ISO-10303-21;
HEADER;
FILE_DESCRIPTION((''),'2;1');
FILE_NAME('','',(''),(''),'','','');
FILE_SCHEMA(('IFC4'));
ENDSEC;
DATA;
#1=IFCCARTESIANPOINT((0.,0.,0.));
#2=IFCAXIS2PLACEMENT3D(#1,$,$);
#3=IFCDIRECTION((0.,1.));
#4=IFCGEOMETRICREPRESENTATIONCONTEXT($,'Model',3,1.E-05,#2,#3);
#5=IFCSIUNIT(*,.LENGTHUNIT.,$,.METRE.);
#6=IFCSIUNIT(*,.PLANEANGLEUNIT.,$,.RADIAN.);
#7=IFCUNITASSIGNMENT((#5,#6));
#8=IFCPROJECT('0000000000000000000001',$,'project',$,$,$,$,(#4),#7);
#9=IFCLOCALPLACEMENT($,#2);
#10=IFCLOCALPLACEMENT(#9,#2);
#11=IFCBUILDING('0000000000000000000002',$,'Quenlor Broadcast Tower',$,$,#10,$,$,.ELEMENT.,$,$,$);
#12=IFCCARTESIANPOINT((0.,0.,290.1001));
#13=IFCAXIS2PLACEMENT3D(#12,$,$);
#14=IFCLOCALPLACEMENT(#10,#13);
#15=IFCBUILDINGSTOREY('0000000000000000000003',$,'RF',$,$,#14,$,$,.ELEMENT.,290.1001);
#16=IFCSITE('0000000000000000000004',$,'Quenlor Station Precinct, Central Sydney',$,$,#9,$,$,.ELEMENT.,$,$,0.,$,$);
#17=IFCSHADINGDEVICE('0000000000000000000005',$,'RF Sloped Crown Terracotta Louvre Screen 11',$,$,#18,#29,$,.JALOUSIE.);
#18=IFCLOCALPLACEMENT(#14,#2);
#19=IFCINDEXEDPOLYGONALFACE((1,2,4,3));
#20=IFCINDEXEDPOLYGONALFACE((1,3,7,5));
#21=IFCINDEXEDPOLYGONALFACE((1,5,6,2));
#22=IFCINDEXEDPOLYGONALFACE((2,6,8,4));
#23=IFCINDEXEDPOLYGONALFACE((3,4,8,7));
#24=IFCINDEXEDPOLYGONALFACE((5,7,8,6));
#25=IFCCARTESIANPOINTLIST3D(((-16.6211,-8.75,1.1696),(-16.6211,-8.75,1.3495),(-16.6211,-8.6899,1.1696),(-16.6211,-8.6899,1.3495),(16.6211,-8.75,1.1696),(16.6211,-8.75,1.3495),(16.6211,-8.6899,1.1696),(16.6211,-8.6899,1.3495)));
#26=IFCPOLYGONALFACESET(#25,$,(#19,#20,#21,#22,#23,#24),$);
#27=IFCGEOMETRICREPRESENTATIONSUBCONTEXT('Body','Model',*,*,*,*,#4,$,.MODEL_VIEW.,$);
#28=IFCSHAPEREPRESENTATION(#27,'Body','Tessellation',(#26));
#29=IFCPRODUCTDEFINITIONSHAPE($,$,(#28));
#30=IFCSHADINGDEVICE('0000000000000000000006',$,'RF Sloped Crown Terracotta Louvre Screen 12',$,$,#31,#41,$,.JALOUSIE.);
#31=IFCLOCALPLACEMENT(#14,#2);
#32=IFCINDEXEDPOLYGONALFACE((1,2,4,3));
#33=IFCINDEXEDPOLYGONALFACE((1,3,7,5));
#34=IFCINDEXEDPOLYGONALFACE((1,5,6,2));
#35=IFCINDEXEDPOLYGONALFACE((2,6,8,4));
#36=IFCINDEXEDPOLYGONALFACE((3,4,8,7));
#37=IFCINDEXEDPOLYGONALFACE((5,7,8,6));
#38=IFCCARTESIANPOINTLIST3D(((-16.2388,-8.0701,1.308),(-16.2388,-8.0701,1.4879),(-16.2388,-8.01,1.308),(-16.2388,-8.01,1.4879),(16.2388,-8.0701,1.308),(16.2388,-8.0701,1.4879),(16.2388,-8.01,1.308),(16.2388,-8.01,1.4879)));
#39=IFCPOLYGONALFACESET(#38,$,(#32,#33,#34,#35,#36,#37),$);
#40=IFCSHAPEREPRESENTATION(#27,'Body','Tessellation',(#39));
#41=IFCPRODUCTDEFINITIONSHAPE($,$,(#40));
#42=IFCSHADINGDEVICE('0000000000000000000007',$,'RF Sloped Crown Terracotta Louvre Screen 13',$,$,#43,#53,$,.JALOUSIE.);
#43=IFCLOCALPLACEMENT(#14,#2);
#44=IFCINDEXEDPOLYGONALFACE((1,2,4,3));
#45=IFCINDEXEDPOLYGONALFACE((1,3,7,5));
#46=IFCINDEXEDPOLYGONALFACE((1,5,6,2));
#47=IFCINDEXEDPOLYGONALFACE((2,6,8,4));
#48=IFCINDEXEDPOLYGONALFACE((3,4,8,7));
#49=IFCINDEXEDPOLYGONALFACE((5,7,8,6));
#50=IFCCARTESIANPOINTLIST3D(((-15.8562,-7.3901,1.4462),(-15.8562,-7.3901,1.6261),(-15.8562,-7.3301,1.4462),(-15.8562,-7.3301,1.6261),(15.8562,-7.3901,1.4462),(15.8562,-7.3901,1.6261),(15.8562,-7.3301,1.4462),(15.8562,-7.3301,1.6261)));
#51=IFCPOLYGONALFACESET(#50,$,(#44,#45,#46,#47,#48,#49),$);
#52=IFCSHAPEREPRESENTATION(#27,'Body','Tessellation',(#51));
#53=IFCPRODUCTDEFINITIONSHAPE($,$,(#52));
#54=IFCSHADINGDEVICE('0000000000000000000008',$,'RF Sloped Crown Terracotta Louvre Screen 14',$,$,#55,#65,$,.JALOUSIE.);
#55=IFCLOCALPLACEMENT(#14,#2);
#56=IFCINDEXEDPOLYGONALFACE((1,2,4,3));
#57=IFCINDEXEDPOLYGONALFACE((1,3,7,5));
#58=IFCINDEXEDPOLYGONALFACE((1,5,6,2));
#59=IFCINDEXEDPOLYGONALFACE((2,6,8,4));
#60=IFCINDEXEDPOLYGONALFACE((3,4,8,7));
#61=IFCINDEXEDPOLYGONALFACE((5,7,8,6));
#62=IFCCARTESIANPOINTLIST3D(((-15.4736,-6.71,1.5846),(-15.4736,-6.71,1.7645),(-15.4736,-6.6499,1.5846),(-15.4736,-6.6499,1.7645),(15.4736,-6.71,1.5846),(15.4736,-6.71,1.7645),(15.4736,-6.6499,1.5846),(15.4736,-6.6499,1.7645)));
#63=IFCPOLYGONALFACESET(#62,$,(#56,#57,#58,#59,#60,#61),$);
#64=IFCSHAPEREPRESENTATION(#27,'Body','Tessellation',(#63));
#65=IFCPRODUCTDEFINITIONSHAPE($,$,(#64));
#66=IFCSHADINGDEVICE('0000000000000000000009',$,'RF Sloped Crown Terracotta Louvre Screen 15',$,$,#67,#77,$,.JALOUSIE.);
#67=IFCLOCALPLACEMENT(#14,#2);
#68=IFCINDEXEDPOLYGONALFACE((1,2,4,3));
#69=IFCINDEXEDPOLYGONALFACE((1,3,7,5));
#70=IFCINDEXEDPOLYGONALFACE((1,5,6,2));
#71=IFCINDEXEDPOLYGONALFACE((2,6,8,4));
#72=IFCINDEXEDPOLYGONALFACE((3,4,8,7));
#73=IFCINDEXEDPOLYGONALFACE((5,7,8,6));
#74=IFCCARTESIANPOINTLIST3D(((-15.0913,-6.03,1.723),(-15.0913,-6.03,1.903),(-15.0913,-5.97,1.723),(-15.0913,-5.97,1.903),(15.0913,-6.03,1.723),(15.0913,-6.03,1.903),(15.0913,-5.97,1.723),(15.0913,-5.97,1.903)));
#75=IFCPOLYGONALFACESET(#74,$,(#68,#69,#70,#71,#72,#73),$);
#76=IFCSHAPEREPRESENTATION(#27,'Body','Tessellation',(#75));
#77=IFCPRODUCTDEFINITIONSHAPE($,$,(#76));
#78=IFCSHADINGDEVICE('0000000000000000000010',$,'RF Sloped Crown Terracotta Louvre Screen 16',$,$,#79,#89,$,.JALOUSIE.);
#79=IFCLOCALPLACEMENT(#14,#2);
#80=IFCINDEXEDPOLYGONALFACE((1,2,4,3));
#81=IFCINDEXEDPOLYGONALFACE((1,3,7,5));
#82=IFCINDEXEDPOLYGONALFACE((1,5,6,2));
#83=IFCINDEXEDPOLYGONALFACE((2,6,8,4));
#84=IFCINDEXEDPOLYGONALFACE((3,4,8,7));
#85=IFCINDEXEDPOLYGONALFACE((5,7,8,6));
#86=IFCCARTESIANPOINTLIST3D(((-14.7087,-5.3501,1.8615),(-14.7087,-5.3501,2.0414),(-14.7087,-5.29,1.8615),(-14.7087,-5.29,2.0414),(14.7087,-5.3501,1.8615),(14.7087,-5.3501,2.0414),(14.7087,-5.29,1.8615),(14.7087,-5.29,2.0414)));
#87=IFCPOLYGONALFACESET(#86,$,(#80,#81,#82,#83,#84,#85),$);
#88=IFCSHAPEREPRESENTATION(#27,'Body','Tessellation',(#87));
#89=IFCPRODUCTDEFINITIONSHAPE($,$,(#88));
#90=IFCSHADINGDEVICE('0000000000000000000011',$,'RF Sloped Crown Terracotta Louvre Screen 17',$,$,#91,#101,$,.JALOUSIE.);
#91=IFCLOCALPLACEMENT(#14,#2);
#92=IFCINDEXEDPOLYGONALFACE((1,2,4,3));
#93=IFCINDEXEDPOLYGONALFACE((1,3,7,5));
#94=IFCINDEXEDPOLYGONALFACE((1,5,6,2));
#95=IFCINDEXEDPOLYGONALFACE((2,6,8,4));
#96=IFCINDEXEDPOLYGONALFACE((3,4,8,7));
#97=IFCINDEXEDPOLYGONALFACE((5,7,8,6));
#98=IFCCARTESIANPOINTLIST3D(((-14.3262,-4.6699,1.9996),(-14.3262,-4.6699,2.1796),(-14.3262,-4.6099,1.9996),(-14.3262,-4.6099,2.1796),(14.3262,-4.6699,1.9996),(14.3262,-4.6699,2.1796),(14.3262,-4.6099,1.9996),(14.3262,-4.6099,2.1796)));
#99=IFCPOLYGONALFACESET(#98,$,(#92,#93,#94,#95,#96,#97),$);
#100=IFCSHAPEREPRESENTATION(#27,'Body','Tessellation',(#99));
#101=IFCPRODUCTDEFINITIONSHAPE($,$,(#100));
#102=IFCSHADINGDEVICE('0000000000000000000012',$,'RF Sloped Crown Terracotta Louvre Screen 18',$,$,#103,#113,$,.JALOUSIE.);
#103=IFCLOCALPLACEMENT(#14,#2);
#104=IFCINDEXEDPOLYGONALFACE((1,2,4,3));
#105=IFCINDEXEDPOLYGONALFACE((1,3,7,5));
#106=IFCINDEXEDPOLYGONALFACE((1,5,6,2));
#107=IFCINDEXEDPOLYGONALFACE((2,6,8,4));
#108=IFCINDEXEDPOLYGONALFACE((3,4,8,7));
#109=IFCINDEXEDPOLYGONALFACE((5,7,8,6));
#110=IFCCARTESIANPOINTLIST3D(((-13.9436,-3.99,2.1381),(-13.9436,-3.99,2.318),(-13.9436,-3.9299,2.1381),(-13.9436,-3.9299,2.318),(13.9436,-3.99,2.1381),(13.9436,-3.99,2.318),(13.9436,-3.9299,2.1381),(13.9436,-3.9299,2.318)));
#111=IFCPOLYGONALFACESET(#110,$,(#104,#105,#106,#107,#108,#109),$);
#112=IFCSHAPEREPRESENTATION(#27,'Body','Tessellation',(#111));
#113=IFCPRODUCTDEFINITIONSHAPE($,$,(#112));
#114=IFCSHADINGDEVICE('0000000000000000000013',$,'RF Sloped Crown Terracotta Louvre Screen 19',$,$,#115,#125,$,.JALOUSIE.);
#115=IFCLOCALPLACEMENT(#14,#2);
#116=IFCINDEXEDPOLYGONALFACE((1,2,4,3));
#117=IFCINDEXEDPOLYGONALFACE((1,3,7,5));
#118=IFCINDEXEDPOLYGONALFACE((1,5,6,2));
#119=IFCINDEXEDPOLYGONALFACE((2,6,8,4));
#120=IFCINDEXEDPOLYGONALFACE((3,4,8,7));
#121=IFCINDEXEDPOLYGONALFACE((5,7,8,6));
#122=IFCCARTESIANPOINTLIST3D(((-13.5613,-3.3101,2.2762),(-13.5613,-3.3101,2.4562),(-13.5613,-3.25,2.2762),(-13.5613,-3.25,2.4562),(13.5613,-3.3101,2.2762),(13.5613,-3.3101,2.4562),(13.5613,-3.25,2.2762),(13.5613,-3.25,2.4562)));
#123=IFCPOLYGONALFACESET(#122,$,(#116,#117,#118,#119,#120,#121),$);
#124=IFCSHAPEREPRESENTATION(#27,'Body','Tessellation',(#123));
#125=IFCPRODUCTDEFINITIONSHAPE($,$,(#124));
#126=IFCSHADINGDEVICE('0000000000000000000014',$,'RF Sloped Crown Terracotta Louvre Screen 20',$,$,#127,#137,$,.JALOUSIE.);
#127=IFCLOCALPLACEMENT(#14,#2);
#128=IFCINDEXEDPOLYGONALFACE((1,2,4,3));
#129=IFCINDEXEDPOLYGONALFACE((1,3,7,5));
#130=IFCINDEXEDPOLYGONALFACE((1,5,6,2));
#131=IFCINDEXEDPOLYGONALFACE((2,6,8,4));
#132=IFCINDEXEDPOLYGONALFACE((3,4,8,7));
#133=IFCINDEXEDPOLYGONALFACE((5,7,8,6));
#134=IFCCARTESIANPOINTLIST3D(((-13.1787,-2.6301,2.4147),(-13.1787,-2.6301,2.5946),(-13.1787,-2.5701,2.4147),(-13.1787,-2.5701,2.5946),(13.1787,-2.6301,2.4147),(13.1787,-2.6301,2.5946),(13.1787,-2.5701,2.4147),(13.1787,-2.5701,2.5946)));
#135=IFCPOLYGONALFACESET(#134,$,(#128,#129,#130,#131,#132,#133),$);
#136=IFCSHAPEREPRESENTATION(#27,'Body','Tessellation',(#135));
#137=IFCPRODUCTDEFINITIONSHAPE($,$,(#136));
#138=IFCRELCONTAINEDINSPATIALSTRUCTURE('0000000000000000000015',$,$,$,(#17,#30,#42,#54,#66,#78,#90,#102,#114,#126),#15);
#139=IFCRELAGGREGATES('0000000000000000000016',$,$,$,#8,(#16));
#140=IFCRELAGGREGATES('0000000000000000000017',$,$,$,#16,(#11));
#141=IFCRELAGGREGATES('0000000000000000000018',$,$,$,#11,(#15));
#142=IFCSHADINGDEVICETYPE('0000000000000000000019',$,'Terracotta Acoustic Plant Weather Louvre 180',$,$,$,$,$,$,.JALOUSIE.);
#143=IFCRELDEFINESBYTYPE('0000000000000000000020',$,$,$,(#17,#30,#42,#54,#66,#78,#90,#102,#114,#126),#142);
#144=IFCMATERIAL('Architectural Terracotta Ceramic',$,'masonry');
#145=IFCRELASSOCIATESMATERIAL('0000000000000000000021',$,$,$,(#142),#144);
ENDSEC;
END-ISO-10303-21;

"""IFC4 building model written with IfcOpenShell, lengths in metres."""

from ifc_helpers import new_model, si_unit, direction, frame, origin, origin_2d, place, context, subcontext, project, spatial, rectangle, extrude, material, material_profile, profile_set, type_object, element, save


model = new_model("IFC4")

# Units and contexts
model_context = context("Model", 3, precision=1e-05, world=origin(), true_north=direction((0.0, 1.0)))
body_context = subcontext(model_context, "Body", "Model", "MODEL_VIEW")
ifc_project = project(units=[si_unit("LENGTHUNIT", "METRE"), si_unit("PLANEANGLEUNIT", "RADIAN")], contexts=[model_context])

# Site, building, storey
site_placement = place(None, origin())
site = spatial("IfcSite", under=ifc_project, at=site_placement, Name="Quenlor Station Precinct, Central Sydney", CompositionType="ELEMENT", RefElevation=0.0)
building_placement = place(site_placement, origin())
building = spatial("IfcBuilding", under=site, at=building_placement, Name="Quenlor Broadcast Tower", CompositionType="ELEMENT")
storey_placement = place(building_placement, frame((0.0, 0.0, 290.1001)))
storey = spatial("IfcBuildingStorey", under=building, at=storey_placement, Name="RF", CompositionType="ELEMENT", Elevation=290.1001)

# Shading devices
ifc_material_1 = material(Name="Architectural Terracotta Ceramic", Category="masonry")
ifc_material_profile_1 = material_profile(ifc_material_1, rectangle(XDim=0.0601, YDim=0.1799, at=origin_2d()))
ifc_profile_set_1 = profile_set([ifc_material_profile_1], Name="Architectural Terracotta Ceramic LVR60x180")
shading_device_type = type_object("IfcShadingDeviceType", Name="Terracotta Acoustic Plant Weather Louvre 180", PredefinedType="JALOUSIE", material=ifc_profile_set_1)
shading_device_1_placement = place(storey_placement, frame((-16.6211, -8.72, 1.2595), z_axis=(1.0, 0.0, 0.0), x_axis=(0.0, 1.0, 0.0)))
element("IfcShadingDevice", 1, at=shading_device_1_placement, inside=storey, type_object=shading_device_type, Name="RF Sloped Crown Terracotta Louvre Screen 11", PredefinedType="JALOUSIE", context=body_context, shape_type="SweptSolid", body=[
    extrude(rectangle(XDim=0.0601, YDim=0.1799, at=origin_2d()), origin(), (0.0, 0.0, 1.0), 33.2422),
])
shading_device_2_placement = place(storey_placement, frame((-16.2388, -8.04, 1.3979), z_axis=(1.0, 0.0, 0.0), x_axis=(0.0, 1.0, 0.0)))
element("IfcShadingDevice", 2, at=shading_device_2_placement, inside=storey, type_object=shading_device_type, Name="RF Sloped Crown Terracotta Louvre Screen 12", PredefinedType="JALOUSIE", context=body_context, shape_type="SweptSolid", body=[
    extrude(rectangle(XDim=0.0601, YDim=0.1799, at=origin_2d()), origin(), (0.0, 0.0, 1.0), 32.4775),
])
shading_device_3_placement = place(storey_placement, frame((-15.8562, -7.3601, 1.5361), z_axis=(1.0, 0.0, 0.0), x_axis=(0.0, 1.0, 0.0)))
element("IfcShadingDevice", 3, at=shading_device_3_placement, inside=storey, type_object=shading_device_type, Name="RF Sloped Crown Terracotta Louvre Screen 13", PredefinedType="JALOUSIE", context=body_context, shape_type="SweptSolid", body=[
    extrude(rectangle(XDim=0.0601, YDim=0.1799, at=origin_2d()), origin(), (0.0, 0.0, 1.0), 31.7124),
])
shading_device_4_placement = place(storey_placement, frame((-15.4736, -6.6799, 1.6746), z_axis=(1.0, 0.0, 0.0), x_axis=(0.0, 1.0, 0.0)))
element("IfcShadingDevice", 4, at=shading_device_4_placement, inside=storey, type_object=shading_device_type, Name="RF Sloped Crown Terracotta Louvre Screen 14", PredefinedType="JALOUSIE", context=body_context, shape_type="SweptSolid", body=[
    extrude(rectangle(XDim=0.0601, YDim=0.1799, at=origin_2d()), origin(), (0.0, 0.0, 1.0), 30.9473),
])
shading_device_5_placement = place(storey_placement, frame((-15.0913, -6.0, 1.813), z_axis=(1.0, 0.0, 0.0), x_axis=(0.0, 1.0, 0.0)))
element("IfcShadingDevice", 5, at=shading_device_5_placement, inside=storey, type_object=shading_device_type, Name="RF Sloped Crown Terracotta Louvre Screen 15", PredefinedType="JALOUSIE", context=body_context, shape_type="SweptSolid", body=[
    extrude(rectangle(XDim=0.0601, YDim=0.1799, at=origin_2d()), origin(), (0.0, 0.0, 1.0), 30.1826),
])
shading_device_6_placement = place(storey_placement, frame((-14.7087, -5.3201, 1.9514), z_axis=(1.0, 0.0, 0.0), x_axis=(0.0, 1.0, 0.0)))
element("IfcShadingDevice", 6, at=shading_device_6_placement, inside=storey, type_object=shading_device_type, Name="RF Sloped Crown Terracotta Louvre Screen 16", PredefinedType="JALOUSIE", context=body_context, shape_type="SweptSolid", body=[
    extrude(rectangle(XDim=0.0601, YDim=0.1799, at=origin_2d()), origin(), (0.0, 0.0, 1.0), 29.4175),
])
shading_device_7_placement = place(storey_placement, frame((-14.3262, -4.6399, 2.0896), z_axis=(1.0, 0.0, 0.0), x_axis=(0.0, 1.0, 0.0)))
element("IfcShadingDevice", 7, at=shading_device_7_placement, inside=storey, type_object=shading_device_type, Name="RF Sloped Crown Terracotta Louvre Screen 17", PredefinedType="JALOUSIE", context=body_context, shape_type="SweptSolid", body=[
    extrude(rectangle(XDim=0.0601, YDim=0.1799, at=origin_2d()), origin(), (0.0, 0.0, 1.0), 28.6523),
])
shading_device_8_placement = place(storey_placement, frame((-13.9436, -3.96, 2.228), z_axis=(1.0, 0.0, 0.0), x_axis=(0.0, 1.0, 0.0)))
element("IfcShadingDevice", 8, at=shading_device_8_placement, inside=storey, type_object=shading_device_type, Name="RF Sloped Crown Terracotta Louvre Screen 18", PredefinedType="JALOUSIE", context=body_context, shape_type="SweptSolid", body=[
    extrude(rectangle(XDim=0.0601, YDim=0.1799, at=origin_2d()), origin(), (0.0, 0.0, 1.0), 27.8872),
])
shading_device_9_placement = place(storey_placement, frame((-13.5613, -3.28, 2.3662), z_axis=(1.0, 0.0, 0.0), x_axis=(0.0, 1.0, 0.0)))
element("IfcShadingDevice", 9, at=shading_device_9_placement, inside=storey, type_object=shading_device_type, Name="RF Sloped Crown Terracotta Louvre Screen 19", PredefinedType="JALOUSIE", context=body_context, shape_type="SweptSolid", body=[
    extrude(rectangle(XDim=0.0601, YDim=0.1799, at=origin_2d()), origin(), (0.0, 0.0, 1.0), 27.1226),
])
shading_device_10_placement = place(storey_placement, frame((-13.1787, -2.6001, 2.5046), z_axis=(1.0, 0.0, 0.0), x_axis=(0.0, 1.0, 0.0)))
element("IfcShadingDevice", 10, at=shading_device_10_placement, inside=storey, type_object=shading_device_type, Name="RF Sloped Crown Terracotta Louvre Screen 20", PredefinedType="JALOUSIE", context=body_context, shape_type="SweptSolid", body=[
    extrude(rectangle(XDim=0.0601, YDim=0.1799, at=origin_2d()), origin(), (0.0, 0.0, 1.0), 26.3574),
])

save(model, "model.ifc")
